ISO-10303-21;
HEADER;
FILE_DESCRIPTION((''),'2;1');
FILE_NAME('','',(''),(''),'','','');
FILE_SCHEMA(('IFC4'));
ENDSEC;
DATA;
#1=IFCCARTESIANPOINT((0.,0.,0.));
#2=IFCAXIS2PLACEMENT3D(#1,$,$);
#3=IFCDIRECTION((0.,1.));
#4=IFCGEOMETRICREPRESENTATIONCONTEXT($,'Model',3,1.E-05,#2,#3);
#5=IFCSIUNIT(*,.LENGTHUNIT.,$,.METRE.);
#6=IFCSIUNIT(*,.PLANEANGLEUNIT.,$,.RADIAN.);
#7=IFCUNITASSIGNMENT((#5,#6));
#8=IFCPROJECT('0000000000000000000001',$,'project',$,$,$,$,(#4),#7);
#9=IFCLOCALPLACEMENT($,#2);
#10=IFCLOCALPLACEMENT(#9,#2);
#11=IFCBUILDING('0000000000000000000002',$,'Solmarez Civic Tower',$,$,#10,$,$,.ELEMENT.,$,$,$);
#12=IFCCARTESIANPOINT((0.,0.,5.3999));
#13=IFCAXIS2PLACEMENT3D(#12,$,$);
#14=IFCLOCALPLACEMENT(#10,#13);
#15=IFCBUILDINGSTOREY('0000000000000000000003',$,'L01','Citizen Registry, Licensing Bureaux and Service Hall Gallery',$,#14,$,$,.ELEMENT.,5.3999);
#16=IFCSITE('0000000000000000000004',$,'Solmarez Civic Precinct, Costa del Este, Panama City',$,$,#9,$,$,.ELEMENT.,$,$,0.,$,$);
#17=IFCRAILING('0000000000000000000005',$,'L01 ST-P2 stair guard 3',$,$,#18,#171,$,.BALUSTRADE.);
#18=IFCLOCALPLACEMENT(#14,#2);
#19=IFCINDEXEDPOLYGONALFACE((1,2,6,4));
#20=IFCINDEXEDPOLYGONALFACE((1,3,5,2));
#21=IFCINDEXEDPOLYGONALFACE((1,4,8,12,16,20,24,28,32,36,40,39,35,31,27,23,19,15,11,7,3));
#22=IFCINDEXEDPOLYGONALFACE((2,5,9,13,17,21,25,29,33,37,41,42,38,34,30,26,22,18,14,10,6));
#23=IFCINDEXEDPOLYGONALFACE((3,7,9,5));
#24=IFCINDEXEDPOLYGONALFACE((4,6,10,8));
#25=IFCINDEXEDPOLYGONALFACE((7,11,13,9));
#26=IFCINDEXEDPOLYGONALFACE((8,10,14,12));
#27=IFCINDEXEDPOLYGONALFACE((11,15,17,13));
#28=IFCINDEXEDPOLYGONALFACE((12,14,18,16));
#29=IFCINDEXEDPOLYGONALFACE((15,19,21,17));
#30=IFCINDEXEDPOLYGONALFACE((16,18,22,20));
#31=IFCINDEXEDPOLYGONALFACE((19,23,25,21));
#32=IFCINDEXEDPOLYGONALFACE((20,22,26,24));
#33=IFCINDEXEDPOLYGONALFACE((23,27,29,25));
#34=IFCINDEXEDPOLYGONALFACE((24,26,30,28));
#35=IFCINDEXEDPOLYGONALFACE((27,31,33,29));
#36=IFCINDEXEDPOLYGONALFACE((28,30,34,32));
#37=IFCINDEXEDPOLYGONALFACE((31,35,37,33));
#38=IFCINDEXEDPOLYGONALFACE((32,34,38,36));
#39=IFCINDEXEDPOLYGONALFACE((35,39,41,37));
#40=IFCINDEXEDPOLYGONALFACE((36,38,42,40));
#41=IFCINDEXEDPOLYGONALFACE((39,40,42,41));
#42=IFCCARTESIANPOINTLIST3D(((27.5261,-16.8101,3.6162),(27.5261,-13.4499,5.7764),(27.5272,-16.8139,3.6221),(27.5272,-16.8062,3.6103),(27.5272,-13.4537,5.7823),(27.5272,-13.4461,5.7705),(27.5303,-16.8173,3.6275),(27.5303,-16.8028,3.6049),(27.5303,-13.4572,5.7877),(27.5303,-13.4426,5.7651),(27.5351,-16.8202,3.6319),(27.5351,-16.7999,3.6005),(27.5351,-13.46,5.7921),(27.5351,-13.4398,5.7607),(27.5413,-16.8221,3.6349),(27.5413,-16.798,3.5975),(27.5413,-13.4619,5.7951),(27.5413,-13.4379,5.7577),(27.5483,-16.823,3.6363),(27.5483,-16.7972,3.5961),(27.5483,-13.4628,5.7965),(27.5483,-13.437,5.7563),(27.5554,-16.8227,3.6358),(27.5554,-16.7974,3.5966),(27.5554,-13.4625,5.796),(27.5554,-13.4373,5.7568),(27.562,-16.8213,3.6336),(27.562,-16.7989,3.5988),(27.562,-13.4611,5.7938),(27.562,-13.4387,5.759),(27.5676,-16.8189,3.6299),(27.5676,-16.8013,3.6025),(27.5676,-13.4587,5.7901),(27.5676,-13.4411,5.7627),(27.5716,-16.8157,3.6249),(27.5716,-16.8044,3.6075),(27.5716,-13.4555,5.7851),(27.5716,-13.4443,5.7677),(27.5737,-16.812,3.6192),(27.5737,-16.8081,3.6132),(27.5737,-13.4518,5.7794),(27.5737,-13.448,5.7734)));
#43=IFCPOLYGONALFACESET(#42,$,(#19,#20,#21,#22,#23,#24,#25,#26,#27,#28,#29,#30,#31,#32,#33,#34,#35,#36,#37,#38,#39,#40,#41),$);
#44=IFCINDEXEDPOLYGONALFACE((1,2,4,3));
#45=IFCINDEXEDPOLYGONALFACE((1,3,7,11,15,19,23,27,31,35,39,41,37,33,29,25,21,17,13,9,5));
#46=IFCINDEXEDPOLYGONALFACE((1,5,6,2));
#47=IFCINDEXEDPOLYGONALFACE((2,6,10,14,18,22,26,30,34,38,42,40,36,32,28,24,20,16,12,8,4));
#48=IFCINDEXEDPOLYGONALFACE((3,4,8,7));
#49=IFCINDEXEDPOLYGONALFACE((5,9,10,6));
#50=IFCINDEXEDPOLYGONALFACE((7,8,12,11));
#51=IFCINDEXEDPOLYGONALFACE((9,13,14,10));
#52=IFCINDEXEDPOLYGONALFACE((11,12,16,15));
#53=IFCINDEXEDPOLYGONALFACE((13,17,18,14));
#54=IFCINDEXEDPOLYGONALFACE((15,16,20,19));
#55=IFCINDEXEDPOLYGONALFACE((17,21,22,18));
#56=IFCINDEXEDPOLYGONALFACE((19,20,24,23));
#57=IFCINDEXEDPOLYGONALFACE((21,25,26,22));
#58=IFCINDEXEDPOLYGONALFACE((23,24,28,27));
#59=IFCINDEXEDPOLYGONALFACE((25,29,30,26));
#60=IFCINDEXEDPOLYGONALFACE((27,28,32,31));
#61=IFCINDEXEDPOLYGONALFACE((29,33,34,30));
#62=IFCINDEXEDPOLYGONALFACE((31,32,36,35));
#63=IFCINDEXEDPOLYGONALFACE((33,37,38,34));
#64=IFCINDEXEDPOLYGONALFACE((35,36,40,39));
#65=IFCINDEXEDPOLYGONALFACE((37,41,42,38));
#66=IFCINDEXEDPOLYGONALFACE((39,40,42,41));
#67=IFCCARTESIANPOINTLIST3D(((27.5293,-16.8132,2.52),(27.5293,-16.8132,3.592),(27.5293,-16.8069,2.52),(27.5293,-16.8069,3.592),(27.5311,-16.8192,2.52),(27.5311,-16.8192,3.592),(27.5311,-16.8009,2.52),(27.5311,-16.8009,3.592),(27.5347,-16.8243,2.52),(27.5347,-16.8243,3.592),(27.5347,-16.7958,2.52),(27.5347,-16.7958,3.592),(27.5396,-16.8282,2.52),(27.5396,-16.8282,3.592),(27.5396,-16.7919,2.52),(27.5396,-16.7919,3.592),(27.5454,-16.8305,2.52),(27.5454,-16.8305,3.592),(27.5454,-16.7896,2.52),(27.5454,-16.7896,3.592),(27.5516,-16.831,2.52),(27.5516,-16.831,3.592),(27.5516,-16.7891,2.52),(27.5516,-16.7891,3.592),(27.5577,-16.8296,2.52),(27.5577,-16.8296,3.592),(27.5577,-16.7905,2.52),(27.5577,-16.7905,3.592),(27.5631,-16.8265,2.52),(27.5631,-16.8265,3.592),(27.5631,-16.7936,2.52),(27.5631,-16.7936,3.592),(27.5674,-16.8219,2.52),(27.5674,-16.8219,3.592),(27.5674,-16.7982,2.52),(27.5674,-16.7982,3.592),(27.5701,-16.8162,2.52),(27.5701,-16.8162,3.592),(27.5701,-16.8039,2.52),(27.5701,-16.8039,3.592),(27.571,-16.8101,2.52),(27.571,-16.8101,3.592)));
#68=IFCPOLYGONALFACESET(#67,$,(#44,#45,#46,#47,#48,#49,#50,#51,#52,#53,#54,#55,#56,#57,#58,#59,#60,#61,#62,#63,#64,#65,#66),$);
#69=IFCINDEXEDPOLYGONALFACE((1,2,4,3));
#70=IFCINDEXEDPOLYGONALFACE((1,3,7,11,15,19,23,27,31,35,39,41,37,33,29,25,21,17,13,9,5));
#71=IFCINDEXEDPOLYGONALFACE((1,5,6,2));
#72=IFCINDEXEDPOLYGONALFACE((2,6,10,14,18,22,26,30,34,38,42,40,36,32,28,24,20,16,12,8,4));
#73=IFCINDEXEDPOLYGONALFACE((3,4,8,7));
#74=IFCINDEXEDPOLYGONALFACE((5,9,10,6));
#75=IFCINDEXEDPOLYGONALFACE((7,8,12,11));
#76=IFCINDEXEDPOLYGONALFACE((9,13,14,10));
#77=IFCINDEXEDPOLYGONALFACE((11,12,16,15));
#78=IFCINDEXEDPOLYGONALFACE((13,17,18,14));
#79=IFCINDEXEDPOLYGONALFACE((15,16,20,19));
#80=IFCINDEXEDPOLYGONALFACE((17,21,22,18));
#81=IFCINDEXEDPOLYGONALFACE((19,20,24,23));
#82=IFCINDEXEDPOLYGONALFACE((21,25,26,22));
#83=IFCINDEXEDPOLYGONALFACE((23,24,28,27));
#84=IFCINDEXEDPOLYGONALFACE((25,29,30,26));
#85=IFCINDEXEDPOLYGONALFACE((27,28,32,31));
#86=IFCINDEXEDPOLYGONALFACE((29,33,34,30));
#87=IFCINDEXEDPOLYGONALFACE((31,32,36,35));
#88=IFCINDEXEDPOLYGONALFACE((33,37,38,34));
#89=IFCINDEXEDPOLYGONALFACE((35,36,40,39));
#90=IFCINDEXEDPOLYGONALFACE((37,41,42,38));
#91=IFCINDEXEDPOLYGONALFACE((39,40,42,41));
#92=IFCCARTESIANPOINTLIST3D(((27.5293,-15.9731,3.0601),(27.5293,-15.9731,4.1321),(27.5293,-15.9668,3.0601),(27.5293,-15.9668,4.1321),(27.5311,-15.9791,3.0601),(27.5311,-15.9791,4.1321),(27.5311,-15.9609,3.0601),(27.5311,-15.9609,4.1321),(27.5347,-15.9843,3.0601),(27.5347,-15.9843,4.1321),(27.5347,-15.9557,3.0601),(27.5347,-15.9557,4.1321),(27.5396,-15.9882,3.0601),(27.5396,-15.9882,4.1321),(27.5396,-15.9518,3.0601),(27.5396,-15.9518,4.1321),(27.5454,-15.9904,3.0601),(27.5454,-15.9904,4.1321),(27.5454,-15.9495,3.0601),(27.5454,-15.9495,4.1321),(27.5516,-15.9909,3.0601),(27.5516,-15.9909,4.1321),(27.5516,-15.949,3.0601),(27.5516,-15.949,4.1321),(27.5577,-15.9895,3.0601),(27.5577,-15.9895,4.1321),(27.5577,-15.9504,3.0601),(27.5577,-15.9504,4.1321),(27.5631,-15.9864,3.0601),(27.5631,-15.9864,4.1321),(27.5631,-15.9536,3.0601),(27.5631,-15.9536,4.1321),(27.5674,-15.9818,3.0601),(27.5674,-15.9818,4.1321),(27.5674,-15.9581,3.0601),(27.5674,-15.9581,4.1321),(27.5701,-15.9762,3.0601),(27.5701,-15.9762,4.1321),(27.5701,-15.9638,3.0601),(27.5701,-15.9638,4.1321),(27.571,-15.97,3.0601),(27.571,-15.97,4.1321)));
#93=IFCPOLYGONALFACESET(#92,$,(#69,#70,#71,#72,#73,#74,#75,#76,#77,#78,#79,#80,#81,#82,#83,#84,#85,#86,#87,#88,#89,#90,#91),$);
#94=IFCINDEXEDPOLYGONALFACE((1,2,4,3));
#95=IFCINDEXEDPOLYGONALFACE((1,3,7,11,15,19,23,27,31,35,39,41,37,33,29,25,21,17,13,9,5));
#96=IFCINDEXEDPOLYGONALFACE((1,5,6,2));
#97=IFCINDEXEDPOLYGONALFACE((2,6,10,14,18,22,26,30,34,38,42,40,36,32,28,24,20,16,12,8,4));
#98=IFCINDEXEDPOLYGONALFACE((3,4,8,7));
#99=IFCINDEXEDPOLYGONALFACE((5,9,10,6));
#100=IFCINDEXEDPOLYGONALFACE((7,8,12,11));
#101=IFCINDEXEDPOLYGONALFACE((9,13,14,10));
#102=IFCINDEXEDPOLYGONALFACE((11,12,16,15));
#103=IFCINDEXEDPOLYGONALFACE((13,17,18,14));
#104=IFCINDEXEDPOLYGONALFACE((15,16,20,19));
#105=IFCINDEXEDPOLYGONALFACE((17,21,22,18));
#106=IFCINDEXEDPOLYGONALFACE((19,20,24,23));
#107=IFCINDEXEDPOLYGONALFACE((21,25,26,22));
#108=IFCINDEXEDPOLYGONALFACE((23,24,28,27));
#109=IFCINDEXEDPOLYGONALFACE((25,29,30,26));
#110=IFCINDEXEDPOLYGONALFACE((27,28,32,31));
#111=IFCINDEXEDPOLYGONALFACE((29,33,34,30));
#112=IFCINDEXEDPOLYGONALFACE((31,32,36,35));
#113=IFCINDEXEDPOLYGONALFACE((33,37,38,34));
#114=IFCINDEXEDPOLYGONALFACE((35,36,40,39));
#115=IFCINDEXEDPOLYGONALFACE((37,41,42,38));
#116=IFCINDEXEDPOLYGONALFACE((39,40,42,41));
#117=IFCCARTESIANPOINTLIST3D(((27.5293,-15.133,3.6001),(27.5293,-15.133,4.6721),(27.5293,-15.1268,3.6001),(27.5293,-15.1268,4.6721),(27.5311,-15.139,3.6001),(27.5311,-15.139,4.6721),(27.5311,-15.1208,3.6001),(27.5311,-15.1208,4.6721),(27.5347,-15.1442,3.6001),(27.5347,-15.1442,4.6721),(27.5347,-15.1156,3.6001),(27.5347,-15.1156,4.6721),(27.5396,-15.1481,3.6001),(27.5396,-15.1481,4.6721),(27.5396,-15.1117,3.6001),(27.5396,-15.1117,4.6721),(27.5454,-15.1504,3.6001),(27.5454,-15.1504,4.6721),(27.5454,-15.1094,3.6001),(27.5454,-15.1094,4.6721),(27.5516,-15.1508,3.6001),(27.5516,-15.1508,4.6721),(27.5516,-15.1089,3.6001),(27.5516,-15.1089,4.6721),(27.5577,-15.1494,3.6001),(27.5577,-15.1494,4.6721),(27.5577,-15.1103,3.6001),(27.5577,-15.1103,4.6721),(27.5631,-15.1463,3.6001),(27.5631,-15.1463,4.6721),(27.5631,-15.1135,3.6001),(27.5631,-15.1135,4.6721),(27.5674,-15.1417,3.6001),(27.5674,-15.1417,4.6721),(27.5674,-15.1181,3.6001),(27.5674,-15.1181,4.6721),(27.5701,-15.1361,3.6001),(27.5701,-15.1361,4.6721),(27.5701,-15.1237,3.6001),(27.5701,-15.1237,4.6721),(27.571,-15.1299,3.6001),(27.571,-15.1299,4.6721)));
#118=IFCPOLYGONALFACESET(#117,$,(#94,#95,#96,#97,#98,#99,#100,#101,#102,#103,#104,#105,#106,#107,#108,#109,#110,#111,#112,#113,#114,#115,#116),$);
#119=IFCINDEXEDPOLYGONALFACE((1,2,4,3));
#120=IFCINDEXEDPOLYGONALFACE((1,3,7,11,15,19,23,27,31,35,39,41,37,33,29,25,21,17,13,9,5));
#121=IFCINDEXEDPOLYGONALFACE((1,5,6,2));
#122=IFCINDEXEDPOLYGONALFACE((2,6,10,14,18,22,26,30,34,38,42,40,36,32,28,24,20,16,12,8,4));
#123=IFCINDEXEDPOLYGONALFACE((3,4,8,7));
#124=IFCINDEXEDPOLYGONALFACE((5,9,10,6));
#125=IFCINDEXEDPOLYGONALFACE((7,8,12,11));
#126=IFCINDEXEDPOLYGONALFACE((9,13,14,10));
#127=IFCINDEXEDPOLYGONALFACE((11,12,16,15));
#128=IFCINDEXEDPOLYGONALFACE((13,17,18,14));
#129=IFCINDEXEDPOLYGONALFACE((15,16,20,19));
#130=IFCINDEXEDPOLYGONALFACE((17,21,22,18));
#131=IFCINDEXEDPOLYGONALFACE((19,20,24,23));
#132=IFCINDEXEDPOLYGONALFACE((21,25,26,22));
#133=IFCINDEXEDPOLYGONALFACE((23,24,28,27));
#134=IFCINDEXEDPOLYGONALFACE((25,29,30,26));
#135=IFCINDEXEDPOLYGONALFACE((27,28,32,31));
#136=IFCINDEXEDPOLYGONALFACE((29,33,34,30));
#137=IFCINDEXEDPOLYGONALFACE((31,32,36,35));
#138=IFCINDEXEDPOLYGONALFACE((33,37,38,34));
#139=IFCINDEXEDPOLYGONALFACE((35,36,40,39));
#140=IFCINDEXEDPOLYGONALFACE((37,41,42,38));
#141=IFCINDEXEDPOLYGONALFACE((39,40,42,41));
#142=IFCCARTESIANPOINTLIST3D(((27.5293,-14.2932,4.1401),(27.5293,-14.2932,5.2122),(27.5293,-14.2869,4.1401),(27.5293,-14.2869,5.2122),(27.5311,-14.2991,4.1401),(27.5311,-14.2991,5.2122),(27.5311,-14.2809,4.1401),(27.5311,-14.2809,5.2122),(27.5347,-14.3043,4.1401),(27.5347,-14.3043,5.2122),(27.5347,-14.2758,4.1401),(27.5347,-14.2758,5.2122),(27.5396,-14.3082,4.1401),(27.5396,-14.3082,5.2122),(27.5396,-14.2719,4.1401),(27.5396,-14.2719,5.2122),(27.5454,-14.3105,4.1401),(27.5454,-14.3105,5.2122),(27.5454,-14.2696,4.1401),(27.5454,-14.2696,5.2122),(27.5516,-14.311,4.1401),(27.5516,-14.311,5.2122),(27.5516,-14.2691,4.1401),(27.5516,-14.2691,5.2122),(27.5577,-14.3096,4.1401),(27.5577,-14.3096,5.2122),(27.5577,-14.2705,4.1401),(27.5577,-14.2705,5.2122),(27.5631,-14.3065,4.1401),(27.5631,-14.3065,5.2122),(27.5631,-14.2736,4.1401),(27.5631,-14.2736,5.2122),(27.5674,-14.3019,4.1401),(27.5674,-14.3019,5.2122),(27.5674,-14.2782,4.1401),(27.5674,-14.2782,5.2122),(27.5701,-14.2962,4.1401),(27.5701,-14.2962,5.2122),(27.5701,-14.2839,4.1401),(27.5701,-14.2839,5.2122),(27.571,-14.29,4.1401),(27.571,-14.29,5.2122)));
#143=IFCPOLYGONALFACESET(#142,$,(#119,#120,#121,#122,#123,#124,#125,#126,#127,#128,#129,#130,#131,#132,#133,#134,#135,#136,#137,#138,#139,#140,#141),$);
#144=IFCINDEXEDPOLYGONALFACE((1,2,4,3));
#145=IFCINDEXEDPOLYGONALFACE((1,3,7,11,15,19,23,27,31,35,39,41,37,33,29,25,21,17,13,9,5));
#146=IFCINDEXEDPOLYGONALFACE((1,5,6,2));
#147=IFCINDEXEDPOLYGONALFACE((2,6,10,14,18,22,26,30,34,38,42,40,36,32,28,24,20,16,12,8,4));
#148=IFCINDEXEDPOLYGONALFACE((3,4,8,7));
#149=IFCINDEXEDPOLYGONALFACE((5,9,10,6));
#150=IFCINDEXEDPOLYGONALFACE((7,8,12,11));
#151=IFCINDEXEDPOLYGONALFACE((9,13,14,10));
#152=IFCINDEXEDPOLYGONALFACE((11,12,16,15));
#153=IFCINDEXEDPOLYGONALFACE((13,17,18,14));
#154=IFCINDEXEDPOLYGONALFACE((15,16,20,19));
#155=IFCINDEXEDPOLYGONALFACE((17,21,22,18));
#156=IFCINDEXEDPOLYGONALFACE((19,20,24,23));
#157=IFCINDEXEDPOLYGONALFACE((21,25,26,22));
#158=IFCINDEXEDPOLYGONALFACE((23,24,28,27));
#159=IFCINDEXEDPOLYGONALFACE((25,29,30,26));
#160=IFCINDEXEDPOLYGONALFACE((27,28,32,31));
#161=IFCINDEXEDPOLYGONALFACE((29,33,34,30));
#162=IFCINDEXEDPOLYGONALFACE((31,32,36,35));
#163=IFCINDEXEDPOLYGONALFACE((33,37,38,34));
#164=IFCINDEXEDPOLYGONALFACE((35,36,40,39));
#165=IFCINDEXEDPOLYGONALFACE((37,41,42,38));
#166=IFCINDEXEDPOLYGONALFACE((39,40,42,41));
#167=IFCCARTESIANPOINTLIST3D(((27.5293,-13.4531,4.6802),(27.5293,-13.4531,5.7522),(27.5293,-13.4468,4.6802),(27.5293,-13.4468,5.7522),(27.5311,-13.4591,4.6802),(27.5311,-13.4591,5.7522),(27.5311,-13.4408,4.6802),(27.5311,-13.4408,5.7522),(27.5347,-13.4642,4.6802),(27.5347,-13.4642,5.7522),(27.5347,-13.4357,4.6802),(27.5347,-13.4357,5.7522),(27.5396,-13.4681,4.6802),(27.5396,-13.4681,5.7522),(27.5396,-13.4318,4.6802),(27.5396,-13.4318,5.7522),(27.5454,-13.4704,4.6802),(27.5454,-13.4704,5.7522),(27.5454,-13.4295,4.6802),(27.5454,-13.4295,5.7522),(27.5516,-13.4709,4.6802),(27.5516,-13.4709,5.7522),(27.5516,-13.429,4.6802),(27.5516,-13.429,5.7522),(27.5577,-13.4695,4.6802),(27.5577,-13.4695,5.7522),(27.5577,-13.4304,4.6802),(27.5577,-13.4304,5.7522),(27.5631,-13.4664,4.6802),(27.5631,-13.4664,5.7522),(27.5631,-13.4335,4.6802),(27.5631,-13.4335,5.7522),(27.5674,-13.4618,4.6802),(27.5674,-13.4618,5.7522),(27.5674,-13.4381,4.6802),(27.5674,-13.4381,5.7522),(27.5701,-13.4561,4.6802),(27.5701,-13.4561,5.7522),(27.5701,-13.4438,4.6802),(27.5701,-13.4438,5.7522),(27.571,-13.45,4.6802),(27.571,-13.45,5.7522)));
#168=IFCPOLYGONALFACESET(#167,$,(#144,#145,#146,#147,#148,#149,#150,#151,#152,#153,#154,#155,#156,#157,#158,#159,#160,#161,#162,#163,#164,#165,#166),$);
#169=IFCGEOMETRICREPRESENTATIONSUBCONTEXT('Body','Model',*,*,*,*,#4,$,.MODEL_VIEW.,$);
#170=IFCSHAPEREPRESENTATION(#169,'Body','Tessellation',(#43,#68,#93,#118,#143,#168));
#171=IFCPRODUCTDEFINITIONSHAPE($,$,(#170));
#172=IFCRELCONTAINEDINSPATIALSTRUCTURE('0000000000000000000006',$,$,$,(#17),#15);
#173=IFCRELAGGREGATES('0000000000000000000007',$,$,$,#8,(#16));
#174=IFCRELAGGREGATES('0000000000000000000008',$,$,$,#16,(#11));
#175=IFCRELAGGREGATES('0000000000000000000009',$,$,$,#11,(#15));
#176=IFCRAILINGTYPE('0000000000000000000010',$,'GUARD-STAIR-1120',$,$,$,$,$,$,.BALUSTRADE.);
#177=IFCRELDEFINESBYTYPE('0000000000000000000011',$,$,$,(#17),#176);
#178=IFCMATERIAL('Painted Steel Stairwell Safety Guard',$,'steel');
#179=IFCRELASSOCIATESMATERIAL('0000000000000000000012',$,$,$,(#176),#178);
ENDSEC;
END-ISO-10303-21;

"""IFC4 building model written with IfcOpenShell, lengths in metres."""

from ifc_helpers import new_model, si_unit, direction, frame, origin, origin_2d, place, context, subcontext, project, spatial, circle, extrude, material, type_object, element, save


model = new_model("IFC4")

# Units and contexts
model_context = context("Model", 3, precision=1e-05, world=origin(), true_north=direction((0.0, 1.0)))
body_context = subcontext(model_context, "Body", "Model", "MODEL_VIEW")
ifc_project = project(units=[si_unit("LENGTHUNIT", "METRE"), si_unit("PLANEANGLEUNIT", "RADIAN")], contexts=[model_context])

# Site, building, storey
site_placement = place(None, origin())
site = spatial("IfcSite", under=ifc_project, at=site_placement, Name="Solmarez Civic Precinct, Costa del Este, Panama City", CompositionType="ELEMENT", RefElevation=0.0)
building_placement = place(site_placement, origin())
building = spatial("IfcBuilding", under=site, at=building_placement, Name="Solmarez Civic Tower", CompositionType="ELEMENT")
storey_placement = place(building_placement, frame((0.0, 0.0, 5.3999)))
storey = spatial("IfcBuildingStorey", under=building, at=storey_placement, Name="L01", Description="Citizen Registry, Licensing Bureaux and Service Hall Gallery", CompositionType="ELEMENT", Elevation=5.3999)

# Railing
ifc_material_1 = material(Name="Painted Steel Stairwell Safety Guard", Category="steel")
railing_type_1 = type_object("IfcRailingType", Name="GUARD-STAIR-1120", PredefinedType="BALUSTRADE", material=ifc_material_1)
railing_1_placement = place(storey_placement, frame((27.55, -16.8101, 2.52)))
element("IfcRailing", 1, at=railing_1_placement, inside=storey, type_object=railing_type_1, Name="L01 ST-P2 stair guard 3", PredefinedType="BALUSTRADE", context=body_context, shape_type="SweptSolid", body=[
    extrude(circle(Radius=0.0239, at=origin_2d()), frame((0.0, 0.0, 1.0962), z_axis=(0.0, 0.841169, 0.540773), x_axis=(-1.0, 0.0, 0.0)), (0.0, 0.0, 1.0), 3.9946),
    extrude(circle(Radius=0.021, at=origin_2d()), origin(), (0.0, 0.0, 1.0), 1.072),
    extrude(circle(Radius=0.021, at=origin_2d()), frame((0.0, 0.8401, 0.54)), (0.0, 0.0, 1.0), 1.072),
    extrude(circle(Radius=0.021, at=origin_2d()), frame((0.0, 1.6802, 1.0801)), (0.0, 0.0, 1.0), 1.072),
    extrude(circle(Radius=0.021, at=origin_2d()), frame((0.0, 2.52, 1.6201)), (0.0, 0.0, 1.0), 1.072),
    extrude(circle(Radius=0.021, at=origin_2d()), frame((0.0, 3.3601, 2.1602)), (0.0, 0.0, 1.0), 1.072),
])

save(model, "model.ifc")
